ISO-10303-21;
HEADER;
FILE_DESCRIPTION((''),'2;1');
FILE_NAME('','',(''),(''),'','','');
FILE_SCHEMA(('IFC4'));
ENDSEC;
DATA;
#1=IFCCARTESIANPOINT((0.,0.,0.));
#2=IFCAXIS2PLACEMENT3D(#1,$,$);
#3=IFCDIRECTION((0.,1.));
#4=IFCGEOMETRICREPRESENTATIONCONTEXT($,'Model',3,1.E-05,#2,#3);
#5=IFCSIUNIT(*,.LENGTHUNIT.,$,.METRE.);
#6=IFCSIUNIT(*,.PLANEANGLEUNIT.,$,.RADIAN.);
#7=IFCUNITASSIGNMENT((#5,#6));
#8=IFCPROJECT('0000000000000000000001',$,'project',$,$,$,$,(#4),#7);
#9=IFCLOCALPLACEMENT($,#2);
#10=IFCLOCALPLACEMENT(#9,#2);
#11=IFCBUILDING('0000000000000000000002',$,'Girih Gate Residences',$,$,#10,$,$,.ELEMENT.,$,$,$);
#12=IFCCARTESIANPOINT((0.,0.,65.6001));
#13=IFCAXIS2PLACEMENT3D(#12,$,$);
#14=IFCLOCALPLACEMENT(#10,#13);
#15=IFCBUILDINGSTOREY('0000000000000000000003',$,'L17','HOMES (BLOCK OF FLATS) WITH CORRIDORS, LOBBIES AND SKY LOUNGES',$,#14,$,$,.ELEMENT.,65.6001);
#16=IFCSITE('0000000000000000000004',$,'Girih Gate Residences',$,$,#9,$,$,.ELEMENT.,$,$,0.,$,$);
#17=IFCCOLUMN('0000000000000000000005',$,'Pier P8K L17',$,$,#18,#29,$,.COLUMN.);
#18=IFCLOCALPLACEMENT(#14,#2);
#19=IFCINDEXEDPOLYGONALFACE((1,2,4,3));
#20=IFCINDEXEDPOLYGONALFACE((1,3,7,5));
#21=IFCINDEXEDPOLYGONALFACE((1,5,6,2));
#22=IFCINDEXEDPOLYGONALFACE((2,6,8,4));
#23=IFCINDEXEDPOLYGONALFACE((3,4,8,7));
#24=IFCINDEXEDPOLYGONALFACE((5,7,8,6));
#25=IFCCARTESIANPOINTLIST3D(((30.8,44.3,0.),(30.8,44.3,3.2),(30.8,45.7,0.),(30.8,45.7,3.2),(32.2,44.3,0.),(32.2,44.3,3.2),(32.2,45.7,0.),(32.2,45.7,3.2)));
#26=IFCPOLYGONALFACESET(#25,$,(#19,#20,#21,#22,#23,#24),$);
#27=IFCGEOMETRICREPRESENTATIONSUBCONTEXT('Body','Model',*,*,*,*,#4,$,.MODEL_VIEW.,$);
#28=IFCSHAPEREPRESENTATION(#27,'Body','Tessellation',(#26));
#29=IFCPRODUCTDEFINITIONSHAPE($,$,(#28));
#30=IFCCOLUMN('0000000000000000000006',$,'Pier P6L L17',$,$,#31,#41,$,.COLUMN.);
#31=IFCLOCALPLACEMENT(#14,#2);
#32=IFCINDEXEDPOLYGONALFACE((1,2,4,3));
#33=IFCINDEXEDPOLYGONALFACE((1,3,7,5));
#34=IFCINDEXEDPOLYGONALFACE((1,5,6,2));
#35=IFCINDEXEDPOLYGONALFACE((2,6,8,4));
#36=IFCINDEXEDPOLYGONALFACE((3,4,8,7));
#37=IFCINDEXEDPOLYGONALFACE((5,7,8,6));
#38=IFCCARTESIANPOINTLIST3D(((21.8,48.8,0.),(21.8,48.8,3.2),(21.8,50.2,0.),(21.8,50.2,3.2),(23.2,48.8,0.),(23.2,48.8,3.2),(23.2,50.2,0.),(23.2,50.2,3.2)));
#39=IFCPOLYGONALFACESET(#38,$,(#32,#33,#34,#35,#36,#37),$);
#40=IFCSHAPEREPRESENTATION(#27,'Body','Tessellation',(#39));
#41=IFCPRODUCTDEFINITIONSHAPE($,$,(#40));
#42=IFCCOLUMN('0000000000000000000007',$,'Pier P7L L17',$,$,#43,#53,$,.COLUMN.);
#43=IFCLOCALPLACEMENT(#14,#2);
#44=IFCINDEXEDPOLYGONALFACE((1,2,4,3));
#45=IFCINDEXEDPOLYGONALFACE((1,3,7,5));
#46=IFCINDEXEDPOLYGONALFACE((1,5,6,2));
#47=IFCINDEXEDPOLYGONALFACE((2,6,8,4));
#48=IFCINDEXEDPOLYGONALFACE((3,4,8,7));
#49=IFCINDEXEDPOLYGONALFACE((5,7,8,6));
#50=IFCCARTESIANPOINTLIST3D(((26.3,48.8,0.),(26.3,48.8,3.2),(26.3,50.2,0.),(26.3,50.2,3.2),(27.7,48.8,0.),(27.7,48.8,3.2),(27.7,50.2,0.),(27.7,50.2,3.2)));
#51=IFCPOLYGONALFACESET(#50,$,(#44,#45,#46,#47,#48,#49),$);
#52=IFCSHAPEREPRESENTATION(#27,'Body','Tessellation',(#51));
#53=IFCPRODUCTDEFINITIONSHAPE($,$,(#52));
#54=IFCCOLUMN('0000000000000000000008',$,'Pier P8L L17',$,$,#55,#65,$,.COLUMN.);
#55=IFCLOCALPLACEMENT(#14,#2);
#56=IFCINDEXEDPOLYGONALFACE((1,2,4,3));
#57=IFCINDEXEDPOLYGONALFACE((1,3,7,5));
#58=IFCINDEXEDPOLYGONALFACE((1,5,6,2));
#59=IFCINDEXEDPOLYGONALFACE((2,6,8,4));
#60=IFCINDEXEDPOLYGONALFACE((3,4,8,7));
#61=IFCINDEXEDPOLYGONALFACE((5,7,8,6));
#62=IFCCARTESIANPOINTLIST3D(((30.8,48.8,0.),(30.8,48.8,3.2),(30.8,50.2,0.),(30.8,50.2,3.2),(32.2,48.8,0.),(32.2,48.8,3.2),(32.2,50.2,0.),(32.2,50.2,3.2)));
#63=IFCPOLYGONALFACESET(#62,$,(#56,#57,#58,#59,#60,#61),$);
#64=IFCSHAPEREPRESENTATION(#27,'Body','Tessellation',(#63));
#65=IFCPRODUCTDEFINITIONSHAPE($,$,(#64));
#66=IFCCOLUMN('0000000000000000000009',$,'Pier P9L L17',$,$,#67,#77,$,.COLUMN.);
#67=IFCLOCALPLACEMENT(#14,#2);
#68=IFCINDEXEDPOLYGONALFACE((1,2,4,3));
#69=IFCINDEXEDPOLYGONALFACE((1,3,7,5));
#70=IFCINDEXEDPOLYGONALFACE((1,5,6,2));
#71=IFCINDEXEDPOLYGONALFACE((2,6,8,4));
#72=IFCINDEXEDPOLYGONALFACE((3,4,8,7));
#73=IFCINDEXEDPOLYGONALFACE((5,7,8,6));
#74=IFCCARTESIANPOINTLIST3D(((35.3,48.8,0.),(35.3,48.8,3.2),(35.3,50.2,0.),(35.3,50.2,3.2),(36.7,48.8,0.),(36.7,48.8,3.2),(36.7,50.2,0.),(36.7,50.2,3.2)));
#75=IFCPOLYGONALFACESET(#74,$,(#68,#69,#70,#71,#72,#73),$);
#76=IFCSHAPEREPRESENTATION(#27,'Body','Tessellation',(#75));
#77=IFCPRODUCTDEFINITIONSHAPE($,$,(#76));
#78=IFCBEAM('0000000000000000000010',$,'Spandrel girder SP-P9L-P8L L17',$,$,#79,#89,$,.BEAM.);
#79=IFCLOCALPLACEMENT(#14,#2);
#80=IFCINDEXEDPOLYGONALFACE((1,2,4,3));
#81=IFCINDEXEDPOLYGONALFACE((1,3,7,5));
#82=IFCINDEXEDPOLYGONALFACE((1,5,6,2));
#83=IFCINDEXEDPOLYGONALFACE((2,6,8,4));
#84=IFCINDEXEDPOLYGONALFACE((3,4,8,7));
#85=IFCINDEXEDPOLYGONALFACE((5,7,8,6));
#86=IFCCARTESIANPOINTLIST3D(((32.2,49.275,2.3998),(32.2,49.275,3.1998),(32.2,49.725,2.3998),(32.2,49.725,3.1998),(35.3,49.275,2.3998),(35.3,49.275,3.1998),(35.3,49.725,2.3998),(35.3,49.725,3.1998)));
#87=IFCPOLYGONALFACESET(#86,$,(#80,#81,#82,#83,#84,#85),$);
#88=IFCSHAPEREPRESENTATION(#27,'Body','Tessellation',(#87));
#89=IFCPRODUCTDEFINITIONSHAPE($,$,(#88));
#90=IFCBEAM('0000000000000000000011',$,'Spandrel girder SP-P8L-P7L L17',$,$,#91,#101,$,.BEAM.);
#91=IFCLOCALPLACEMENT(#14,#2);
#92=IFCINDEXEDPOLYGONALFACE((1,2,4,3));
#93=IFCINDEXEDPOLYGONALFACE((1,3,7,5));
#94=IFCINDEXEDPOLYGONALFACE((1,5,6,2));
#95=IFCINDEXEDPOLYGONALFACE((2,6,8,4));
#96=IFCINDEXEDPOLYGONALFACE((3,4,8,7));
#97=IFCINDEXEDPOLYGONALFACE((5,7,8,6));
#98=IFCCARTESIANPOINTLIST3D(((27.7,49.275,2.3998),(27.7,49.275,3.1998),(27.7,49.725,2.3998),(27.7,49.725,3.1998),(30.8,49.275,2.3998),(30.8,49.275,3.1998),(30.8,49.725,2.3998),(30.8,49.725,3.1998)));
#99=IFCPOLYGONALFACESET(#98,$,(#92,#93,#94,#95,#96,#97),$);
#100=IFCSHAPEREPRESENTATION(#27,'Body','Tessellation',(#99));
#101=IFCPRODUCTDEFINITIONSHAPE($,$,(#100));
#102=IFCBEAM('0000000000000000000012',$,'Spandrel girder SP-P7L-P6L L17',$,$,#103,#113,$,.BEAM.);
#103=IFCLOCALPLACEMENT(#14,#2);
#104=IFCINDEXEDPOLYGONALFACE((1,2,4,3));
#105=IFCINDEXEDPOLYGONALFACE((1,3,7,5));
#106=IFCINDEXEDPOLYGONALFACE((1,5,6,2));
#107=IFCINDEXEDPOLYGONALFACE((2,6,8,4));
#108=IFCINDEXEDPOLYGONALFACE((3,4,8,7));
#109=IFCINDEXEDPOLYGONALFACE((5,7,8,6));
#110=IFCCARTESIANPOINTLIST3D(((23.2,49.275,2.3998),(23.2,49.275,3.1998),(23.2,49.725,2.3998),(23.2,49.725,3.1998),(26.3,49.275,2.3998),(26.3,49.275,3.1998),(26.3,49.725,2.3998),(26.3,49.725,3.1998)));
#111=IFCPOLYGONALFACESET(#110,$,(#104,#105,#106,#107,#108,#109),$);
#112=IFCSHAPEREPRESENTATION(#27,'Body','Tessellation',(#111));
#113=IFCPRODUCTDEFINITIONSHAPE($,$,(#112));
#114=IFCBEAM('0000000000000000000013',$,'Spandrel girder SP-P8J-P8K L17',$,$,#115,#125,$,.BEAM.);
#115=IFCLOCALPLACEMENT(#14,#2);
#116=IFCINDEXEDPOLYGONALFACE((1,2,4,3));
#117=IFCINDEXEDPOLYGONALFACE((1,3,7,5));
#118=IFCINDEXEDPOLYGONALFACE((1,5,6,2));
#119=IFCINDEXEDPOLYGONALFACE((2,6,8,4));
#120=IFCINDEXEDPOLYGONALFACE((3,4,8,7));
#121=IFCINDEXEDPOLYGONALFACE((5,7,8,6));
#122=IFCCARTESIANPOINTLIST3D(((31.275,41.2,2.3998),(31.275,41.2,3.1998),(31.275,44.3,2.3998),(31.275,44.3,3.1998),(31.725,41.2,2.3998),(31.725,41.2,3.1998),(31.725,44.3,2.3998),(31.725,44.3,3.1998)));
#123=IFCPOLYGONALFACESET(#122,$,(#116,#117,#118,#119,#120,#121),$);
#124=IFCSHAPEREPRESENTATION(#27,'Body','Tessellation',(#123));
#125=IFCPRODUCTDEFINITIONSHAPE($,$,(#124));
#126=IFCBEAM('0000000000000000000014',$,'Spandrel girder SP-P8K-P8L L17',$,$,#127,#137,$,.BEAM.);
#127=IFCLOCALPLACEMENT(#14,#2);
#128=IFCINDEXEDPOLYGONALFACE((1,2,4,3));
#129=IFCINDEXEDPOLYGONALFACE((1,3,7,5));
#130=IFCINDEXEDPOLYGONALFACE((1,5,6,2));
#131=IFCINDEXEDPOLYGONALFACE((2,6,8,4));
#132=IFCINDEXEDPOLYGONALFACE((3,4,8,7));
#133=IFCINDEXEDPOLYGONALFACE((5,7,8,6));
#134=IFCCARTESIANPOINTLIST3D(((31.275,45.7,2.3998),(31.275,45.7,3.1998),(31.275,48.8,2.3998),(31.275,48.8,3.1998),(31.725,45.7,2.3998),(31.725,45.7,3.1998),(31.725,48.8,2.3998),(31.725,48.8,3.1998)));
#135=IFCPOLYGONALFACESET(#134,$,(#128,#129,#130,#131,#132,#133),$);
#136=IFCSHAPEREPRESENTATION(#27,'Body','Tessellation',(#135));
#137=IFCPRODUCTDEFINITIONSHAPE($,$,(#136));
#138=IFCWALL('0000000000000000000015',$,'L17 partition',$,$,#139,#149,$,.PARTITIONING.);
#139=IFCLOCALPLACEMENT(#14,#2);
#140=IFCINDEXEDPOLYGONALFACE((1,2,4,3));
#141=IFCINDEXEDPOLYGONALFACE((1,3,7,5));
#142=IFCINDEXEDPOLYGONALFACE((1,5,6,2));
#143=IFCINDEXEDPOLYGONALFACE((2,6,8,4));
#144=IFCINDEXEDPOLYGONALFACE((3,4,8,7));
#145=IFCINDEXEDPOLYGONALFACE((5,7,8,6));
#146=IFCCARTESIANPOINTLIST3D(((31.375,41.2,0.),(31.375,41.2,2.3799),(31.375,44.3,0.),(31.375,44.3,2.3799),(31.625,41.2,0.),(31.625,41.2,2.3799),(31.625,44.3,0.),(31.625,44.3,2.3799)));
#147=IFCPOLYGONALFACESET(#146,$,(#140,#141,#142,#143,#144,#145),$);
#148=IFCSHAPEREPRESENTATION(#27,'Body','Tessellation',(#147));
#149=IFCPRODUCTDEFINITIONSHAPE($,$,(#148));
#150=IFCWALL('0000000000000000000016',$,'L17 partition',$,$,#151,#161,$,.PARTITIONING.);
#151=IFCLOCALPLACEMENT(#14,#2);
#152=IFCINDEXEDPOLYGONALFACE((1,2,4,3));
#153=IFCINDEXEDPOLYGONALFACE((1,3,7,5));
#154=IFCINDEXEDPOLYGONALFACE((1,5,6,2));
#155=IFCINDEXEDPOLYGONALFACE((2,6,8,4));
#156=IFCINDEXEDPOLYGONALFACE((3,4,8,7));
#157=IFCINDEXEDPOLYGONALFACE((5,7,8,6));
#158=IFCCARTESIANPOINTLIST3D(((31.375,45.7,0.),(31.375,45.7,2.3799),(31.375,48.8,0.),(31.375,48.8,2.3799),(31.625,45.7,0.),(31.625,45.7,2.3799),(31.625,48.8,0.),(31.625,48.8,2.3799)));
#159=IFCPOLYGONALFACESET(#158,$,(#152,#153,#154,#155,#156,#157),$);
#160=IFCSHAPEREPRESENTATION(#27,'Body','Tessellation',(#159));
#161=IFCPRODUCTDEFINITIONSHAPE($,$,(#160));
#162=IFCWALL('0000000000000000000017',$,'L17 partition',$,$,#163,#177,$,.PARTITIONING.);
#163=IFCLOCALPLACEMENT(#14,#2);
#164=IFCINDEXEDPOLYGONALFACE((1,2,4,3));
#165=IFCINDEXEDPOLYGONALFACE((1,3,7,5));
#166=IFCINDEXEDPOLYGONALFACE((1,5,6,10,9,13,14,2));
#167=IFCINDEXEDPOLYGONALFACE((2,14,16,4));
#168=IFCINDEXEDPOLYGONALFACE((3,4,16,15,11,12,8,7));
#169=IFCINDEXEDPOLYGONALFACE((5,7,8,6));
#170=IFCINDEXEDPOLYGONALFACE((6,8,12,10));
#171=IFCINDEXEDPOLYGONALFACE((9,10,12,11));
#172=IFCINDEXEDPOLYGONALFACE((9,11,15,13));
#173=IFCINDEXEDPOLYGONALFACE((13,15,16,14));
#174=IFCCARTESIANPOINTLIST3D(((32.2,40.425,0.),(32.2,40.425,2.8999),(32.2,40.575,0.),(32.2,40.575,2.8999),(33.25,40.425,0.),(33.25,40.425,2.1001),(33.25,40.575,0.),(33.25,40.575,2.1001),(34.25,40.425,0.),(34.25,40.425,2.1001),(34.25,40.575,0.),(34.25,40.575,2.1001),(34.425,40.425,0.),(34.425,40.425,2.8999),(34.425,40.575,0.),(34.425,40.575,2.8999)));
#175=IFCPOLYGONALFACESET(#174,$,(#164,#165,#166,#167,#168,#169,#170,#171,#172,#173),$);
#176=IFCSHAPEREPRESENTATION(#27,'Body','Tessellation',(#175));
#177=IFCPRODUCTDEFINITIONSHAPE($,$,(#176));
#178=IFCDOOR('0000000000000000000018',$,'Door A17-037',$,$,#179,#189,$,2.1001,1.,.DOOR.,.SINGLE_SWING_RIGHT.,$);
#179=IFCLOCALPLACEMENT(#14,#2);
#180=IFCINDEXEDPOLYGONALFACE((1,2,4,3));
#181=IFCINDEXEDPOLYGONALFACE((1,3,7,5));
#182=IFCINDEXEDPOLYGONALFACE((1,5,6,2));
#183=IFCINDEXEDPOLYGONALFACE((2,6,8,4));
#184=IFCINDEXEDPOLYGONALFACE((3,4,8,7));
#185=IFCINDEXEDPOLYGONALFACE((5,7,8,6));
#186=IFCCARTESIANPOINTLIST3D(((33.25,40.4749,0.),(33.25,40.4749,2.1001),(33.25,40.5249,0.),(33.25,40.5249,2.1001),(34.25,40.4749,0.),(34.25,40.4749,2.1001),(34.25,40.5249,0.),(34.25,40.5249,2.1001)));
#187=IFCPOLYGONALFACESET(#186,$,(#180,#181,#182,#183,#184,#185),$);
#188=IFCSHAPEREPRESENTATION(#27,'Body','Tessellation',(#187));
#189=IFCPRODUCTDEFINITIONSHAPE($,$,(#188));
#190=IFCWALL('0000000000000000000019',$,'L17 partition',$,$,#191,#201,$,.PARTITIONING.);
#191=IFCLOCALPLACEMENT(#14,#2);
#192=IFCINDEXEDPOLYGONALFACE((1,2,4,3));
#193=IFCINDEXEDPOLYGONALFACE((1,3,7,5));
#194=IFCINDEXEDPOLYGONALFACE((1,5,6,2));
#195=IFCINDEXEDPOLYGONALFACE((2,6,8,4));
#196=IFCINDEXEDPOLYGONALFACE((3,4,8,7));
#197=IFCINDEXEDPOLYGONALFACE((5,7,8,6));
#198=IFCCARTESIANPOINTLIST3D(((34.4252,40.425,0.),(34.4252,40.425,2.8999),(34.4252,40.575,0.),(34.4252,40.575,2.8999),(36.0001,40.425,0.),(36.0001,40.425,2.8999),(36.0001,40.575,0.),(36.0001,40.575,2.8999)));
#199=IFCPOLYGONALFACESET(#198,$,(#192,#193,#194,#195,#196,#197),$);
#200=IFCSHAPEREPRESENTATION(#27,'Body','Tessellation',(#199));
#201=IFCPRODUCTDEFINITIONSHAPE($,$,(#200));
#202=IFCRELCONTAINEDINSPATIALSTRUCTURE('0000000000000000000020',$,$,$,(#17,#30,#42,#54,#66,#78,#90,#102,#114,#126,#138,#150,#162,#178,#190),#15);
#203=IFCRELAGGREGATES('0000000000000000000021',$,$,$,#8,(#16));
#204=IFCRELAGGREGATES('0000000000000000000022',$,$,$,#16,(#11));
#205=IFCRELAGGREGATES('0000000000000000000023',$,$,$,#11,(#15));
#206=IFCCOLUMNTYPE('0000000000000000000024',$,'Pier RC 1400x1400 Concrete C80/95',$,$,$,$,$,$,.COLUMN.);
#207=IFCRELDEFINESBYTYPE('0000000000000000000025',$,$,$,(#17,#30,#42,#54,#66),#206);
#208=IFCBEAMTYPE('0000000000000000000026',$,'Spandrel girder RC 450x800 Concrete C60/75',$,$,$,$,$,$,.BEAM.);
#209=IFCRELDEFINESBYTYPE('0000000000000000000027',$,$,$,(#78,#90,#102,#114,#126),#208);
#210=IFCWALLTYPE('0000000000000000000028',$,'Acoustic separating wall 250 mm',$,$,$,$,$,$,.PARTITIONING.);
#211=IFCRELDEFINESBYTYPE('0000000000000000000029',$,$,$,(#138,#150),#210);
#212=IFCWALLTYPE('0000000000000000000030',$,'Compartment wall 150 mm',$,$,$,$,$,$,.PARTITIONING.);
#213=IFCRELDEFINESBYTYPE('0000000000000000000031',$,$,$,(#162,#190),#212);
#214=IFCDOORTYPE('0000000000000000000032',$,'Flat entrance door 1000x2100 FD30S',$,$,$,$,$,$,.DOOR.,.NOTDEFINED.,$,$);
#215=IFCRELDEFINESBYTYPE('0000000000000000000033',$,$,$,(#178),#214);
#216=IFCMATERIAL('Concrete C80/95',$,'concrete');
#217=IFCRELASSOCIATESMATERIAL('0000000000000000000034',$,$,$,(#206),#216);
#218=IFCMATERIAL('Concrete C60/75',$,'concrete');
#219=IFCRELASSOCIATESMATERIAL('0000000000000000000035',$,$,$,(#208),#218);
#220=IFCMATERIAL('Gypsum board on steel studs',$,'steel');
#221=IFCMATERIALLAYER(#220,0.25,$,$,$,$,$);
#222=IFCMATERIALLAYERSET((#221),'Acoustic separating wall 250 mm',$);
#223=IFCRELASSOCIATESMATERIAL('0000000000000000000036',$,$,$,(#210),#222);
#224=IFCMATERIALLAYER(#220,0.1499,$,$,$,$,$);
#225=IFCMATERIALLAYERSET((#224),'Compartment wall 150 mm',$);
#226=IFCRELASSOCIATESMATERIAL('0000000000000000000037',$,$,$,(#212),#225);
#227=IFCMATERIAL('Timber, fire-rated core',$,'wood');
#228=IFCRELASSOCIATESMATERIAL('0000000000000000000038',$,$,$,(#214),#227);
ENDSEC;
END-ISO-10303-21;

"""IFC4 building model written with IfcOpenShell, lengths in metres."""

from ifc_helpers import new_model, si_unit, direction, frame, frame_2d, origin, origin_2d, place, context, subcontext, project, spatial, rectangle, extrude, material, layer, layer_set, material_profile, profile_set, type_object, element, fill, save


model = new_model("IFC4")

# Units and contexts
model_context = context("Model", 3, precision=1e-05, world=origin(), true_north=direction((0.0, 1.0)))
body_context = subcontext(model_context, "Body", "Model", "MODEL_VIEW")
ifc_project = project(units=[si_unit("LENGTHUNIT", "METRE"), si_unit("PLANEANGLEUNIT", "RADIAN")], contexts=[model_context])

# Site, building, storey
site_placement = place(None, origin())
site = spatial("IfcSite", under=ifc_project, at=site_placement, Name="Girih Gate Residences", CompositionType="ELEMENT", RefElevation=0.0)
building_placement = place(site_placement, origin())
building = spatial("IfcBuilding", under=site, at=building_placement, Name="Girih Gate Residences", CompositionType="ELEMENT")
storey_placement = place(building_placement, frame((0.0, 0.0, 65.6001)))
storey = spatial("IfcBuildingStorey", under=building, at=storey_placement, Name="L17", Description="HOMES (BLOCK OF FLATS) WITH CORRIDORS, LOBBIES AND SKY LOUNGES", CompositionType="ELEMENT", Elevation=65.6001)

# Columns
ifc_material_1 = material(Name="Concrete C80/95", Category="concrete")
ifc_material_profile_1 = material_profile(ifc_material_1, rectangle(XDim=1.3999, YDim=1.3999, at=origin_2d()))
ifc_profile_set_1 = profile_set([ifc_material_profile_1], Name="Concrete C80/95")
column_type = type_object("IfcColumnType", Name="Pier RC 1400x1400 Concrete C80/95", PredefinedType="COLUMN", material=ifc_profile_set_1)
for number, where, z_axis, x_axis, name in (
    (1, (31.5, 45.0, 0.0), (0.0, 0.0, 1.0), (1.0, 0.0, 0.0), "Pier P8K L17"),
    (2, (22.5, 49.5, 0.0), (0.0, 0.0, 1.0), (1.0, 0.0, 0.0), "Pier P6L L17"),
    (3, (27.0, 49.5, 0.0), (0.0, 0.0, 1.0), (1.0, 0.0, 0.0), "Pier P7L L17"),
    (4, (31.5, 49.5, 0.0), (0.0, 0.0, 1.0), (1.0, 0.0, 0.0), "Pier P8L L17"),
    (5, (36.0, 49.5, 0.0), (0.0, 0.0, 1.0), (1.0, 0.0, 0.0), "Pier P9L L17"),
):
    element("IfcColumn", number, at=place(storey_placement, frame(where, z_axis=z_axis, x_axis=x_axis)), inside=storey, type_object=column_type, Name=name, PredefinedType="COLUMN", context=body_context, shape_type="SweptSolid", body=[
        extrude(rectangle(XDim=1.3999, YDim=1.3999, at=origin_2d()), origin(), (0.0, 0.0, 1.0), 3.2),
    ])

# Beams
ifc_material_2 = material(Name="Concrete C60/75", Category="concrete")
ifc_material_profile_2 = material_profile(ifc_material_2, rectangle(XDim=0.45, YDim=0.8, at=origin_2d()))
ifc_profile_set_2 = profile_set([ifc_material_profile_2], Name="Concrete C60/75")
beam_type = type_object("IfcBeamType", Name="Spandrel girder RC 450x800 Concrete C60/75", PredefinedType="BEAM", material=ifc_profile_set_2)
for number, where, z_axis, x_axis, name in (
    (6, (35.3, 49.5, 2.7998), (-1.0, 0.0, 0.0), (0.0, -1.0, 0.0), "Spandrel girder SP-P9L-P8L L17"),
    (7, (30.8, 49.5, 2.7998), (-1.0, 0.0, 0.0), (0.0, -1.0, 0.0), "Spandrel girder SP-P8L-P7L L17"),
    (8, (26.3, 49.5, 2.7998), (-1.0, 0.0, 0.0), (0.0, -1.0, 0.0), "Spandrel girder SP-P7L-P6L L17"),
    (9, (31.5, 41.2, 2.7998), (0.0, 1.0, 0.0), (-1.0, 0.0, 0.0), "Spandrel girder SP-P8J-P8K L17"),
    (10, (31.5, 45.7, 2.7998), (0.0, 1.0, 0.0), (-1.0, 0.0, 0.0), "Spandrel girder SP-P8K-P8L L17"),
):
    element("IfcBeam", number, at=place(storey_placement, frame(where, z_axis=z_axis, x_axis=x_axis)), inside=storey, type_object=beam_type, Name=name, PredefinedType="BEAM", context=body_context, shape_type="SweptSolid", body=[
        extrude(rectangle(XDim=0.45, YDim=0.8, at=origin_2d()), origin(), (0.0, 0.0, 1.0), 3.1001),
    ])

# Walls
ifc_material_3 = material(Name="Gypsum board on steel studs", Category="steel")
ifc_layer_1 = layer(ifc_material_3, 0.25)
ifc_layer_set_1 = layer_set([ifc_layer_1], Name="Acoustic separating wall 250 mm")
wall_type_1 = type_object("IfcWallType", Name="Acoustic separating wall 250 mm", PredefinedType="PARTITIONING", material=ifc_layer_set_1)
for number, where, z_axis, x_axis, name in (
    (11, (31.5, 41.2, 0.0), (0.0, 0.0, 1.0), (0.0, 1.0, 0.0), "L17 partition"),
    (12, (31.5, 45.7, 0.0), (0.0, 0.0, 1.0), (0.0, 1.0, 0.0), "L17 partition"),
):
    element("IfcWall", number, at=place(storey_placement, frame(where, z_axis=z_axis, x_axis=x_axis)), inside=storey, type_object=wall_type_1, Name=name, PredefinedType="PARTITIONING", context=body_context, shape_type="SweptSolid", body=[
        extrude(rectangle(XDim=3.1001, YDim=0.25, at=frame_2d((1.55, 0.0))), origin(), (0.0, 0.0, 1.0), 2.3799),
    ])

# Wall, opening, door
ifc_layer_2 = layer(ifc_material_3, 0.1499)
ifc_layer_set_2 = layer_set([ifc_layer_2], Name="Compartment wall 150 mm")
wall_type_2 = type_object("IfcWallType", Name="Compartment wall 150 mm", PredefinedType="PARTITIONING", material=ifc_layer_set_2)
wall_1_placement = place(storey_placement, frame((32.2, 40.5, 0.0), z_axis=(0.0, 0.0, 1.0), x_axis=(1.0, 0.0, 0.0)))
wall_1 = element("IfcWall", 13, at=wall_1_placement, inside=storey, type_object=wall_type_2, Name="L17 partition", PredefinedType="PARTITIONING", context=body_context, shape_type="SweptSolid", body=[
    extrude(rectangle(XDim=2.2251, YDim=0.1499, at=frame_2d((1.1125, 0.0))), origin(), (0.0, 0.0, 1.0), 2.8999),
])
opening_1_placement = place(wall_1_placement, frame((1.05, 0.0, 0.0)))
opening_1 = element("IfcOpeningElement", 14, at=opening_1_placement, cuts=wall_1, PredefinedType="OPENING", context=body_context, shape_type="SweptSolid", body=[
    extrude(rectangle(XDim=1.0, YDim=2.1001, at=frame_2d((0.5, 1.05))), frame((0.0, 0.085, 0.0), z_axis=(0.0, -1.0, 0.0), x_axis=(1.0, 0.0, 0.0)), (0.0, 0.0, 1.0), 0.1699),
])
ifc_material_4 = material(Name="Timber, fire-rated core", Category="wood")
door_type_1 = type_object("IfcDoorType", Name="Flat entrance door 1000x2100 FD30S", OperationType="NOTDEFINED", PredefinedType="DOOR", material=ifc_material_4)
door_1_placement = place(opening_1_placement, origin())
door_1 = element("IfcDoor", 15, at=door_1_placement, inside=storey, type_object=door_type_1, Name="Door A17-037", OperationType="SINGLE_SWING_RIGHT", OverallHeight=2.1001, OverallWidth=1.0, PredefinedType="DOOR", context=body_context, shape_type="SweptSolid", body=[
    extrude(rectangle(XDim=1.0, YDim=2.1001, at=frame_2d((0.5, 1.05))), frame((0.0, 0.0249, 0.0), z_axis=(0.0, -1.0, 0.0), x_axis=(1.0, 0.0, 0.0)), (0.0, 0.0, 1.0), 0.05),
])
fill(opening_1, door_1)

# Wall
wall_2_placement = place(storey_placement, frame((34.425, 40.5, 0.0), z_axis=(0.0, 0.0, 1.0), x_axis=(1.0, 0.0, 0.0)))
element("IfcWall", 16, at=wall_2_placement, inside=storey, type_object=wall_type_2, Name="L17 partition", PredefinedType="PARTITIONING", context=body_context, shape_type="SweptSolid", body=[
    extrude(rectangle(XDim=1.575, YDim=0.1499, at=frame_2d((0.7876, 0.0))), origin(), (0.0, 0.0, 1.0), 2.8999),
])

save(model, "model.ifc")
